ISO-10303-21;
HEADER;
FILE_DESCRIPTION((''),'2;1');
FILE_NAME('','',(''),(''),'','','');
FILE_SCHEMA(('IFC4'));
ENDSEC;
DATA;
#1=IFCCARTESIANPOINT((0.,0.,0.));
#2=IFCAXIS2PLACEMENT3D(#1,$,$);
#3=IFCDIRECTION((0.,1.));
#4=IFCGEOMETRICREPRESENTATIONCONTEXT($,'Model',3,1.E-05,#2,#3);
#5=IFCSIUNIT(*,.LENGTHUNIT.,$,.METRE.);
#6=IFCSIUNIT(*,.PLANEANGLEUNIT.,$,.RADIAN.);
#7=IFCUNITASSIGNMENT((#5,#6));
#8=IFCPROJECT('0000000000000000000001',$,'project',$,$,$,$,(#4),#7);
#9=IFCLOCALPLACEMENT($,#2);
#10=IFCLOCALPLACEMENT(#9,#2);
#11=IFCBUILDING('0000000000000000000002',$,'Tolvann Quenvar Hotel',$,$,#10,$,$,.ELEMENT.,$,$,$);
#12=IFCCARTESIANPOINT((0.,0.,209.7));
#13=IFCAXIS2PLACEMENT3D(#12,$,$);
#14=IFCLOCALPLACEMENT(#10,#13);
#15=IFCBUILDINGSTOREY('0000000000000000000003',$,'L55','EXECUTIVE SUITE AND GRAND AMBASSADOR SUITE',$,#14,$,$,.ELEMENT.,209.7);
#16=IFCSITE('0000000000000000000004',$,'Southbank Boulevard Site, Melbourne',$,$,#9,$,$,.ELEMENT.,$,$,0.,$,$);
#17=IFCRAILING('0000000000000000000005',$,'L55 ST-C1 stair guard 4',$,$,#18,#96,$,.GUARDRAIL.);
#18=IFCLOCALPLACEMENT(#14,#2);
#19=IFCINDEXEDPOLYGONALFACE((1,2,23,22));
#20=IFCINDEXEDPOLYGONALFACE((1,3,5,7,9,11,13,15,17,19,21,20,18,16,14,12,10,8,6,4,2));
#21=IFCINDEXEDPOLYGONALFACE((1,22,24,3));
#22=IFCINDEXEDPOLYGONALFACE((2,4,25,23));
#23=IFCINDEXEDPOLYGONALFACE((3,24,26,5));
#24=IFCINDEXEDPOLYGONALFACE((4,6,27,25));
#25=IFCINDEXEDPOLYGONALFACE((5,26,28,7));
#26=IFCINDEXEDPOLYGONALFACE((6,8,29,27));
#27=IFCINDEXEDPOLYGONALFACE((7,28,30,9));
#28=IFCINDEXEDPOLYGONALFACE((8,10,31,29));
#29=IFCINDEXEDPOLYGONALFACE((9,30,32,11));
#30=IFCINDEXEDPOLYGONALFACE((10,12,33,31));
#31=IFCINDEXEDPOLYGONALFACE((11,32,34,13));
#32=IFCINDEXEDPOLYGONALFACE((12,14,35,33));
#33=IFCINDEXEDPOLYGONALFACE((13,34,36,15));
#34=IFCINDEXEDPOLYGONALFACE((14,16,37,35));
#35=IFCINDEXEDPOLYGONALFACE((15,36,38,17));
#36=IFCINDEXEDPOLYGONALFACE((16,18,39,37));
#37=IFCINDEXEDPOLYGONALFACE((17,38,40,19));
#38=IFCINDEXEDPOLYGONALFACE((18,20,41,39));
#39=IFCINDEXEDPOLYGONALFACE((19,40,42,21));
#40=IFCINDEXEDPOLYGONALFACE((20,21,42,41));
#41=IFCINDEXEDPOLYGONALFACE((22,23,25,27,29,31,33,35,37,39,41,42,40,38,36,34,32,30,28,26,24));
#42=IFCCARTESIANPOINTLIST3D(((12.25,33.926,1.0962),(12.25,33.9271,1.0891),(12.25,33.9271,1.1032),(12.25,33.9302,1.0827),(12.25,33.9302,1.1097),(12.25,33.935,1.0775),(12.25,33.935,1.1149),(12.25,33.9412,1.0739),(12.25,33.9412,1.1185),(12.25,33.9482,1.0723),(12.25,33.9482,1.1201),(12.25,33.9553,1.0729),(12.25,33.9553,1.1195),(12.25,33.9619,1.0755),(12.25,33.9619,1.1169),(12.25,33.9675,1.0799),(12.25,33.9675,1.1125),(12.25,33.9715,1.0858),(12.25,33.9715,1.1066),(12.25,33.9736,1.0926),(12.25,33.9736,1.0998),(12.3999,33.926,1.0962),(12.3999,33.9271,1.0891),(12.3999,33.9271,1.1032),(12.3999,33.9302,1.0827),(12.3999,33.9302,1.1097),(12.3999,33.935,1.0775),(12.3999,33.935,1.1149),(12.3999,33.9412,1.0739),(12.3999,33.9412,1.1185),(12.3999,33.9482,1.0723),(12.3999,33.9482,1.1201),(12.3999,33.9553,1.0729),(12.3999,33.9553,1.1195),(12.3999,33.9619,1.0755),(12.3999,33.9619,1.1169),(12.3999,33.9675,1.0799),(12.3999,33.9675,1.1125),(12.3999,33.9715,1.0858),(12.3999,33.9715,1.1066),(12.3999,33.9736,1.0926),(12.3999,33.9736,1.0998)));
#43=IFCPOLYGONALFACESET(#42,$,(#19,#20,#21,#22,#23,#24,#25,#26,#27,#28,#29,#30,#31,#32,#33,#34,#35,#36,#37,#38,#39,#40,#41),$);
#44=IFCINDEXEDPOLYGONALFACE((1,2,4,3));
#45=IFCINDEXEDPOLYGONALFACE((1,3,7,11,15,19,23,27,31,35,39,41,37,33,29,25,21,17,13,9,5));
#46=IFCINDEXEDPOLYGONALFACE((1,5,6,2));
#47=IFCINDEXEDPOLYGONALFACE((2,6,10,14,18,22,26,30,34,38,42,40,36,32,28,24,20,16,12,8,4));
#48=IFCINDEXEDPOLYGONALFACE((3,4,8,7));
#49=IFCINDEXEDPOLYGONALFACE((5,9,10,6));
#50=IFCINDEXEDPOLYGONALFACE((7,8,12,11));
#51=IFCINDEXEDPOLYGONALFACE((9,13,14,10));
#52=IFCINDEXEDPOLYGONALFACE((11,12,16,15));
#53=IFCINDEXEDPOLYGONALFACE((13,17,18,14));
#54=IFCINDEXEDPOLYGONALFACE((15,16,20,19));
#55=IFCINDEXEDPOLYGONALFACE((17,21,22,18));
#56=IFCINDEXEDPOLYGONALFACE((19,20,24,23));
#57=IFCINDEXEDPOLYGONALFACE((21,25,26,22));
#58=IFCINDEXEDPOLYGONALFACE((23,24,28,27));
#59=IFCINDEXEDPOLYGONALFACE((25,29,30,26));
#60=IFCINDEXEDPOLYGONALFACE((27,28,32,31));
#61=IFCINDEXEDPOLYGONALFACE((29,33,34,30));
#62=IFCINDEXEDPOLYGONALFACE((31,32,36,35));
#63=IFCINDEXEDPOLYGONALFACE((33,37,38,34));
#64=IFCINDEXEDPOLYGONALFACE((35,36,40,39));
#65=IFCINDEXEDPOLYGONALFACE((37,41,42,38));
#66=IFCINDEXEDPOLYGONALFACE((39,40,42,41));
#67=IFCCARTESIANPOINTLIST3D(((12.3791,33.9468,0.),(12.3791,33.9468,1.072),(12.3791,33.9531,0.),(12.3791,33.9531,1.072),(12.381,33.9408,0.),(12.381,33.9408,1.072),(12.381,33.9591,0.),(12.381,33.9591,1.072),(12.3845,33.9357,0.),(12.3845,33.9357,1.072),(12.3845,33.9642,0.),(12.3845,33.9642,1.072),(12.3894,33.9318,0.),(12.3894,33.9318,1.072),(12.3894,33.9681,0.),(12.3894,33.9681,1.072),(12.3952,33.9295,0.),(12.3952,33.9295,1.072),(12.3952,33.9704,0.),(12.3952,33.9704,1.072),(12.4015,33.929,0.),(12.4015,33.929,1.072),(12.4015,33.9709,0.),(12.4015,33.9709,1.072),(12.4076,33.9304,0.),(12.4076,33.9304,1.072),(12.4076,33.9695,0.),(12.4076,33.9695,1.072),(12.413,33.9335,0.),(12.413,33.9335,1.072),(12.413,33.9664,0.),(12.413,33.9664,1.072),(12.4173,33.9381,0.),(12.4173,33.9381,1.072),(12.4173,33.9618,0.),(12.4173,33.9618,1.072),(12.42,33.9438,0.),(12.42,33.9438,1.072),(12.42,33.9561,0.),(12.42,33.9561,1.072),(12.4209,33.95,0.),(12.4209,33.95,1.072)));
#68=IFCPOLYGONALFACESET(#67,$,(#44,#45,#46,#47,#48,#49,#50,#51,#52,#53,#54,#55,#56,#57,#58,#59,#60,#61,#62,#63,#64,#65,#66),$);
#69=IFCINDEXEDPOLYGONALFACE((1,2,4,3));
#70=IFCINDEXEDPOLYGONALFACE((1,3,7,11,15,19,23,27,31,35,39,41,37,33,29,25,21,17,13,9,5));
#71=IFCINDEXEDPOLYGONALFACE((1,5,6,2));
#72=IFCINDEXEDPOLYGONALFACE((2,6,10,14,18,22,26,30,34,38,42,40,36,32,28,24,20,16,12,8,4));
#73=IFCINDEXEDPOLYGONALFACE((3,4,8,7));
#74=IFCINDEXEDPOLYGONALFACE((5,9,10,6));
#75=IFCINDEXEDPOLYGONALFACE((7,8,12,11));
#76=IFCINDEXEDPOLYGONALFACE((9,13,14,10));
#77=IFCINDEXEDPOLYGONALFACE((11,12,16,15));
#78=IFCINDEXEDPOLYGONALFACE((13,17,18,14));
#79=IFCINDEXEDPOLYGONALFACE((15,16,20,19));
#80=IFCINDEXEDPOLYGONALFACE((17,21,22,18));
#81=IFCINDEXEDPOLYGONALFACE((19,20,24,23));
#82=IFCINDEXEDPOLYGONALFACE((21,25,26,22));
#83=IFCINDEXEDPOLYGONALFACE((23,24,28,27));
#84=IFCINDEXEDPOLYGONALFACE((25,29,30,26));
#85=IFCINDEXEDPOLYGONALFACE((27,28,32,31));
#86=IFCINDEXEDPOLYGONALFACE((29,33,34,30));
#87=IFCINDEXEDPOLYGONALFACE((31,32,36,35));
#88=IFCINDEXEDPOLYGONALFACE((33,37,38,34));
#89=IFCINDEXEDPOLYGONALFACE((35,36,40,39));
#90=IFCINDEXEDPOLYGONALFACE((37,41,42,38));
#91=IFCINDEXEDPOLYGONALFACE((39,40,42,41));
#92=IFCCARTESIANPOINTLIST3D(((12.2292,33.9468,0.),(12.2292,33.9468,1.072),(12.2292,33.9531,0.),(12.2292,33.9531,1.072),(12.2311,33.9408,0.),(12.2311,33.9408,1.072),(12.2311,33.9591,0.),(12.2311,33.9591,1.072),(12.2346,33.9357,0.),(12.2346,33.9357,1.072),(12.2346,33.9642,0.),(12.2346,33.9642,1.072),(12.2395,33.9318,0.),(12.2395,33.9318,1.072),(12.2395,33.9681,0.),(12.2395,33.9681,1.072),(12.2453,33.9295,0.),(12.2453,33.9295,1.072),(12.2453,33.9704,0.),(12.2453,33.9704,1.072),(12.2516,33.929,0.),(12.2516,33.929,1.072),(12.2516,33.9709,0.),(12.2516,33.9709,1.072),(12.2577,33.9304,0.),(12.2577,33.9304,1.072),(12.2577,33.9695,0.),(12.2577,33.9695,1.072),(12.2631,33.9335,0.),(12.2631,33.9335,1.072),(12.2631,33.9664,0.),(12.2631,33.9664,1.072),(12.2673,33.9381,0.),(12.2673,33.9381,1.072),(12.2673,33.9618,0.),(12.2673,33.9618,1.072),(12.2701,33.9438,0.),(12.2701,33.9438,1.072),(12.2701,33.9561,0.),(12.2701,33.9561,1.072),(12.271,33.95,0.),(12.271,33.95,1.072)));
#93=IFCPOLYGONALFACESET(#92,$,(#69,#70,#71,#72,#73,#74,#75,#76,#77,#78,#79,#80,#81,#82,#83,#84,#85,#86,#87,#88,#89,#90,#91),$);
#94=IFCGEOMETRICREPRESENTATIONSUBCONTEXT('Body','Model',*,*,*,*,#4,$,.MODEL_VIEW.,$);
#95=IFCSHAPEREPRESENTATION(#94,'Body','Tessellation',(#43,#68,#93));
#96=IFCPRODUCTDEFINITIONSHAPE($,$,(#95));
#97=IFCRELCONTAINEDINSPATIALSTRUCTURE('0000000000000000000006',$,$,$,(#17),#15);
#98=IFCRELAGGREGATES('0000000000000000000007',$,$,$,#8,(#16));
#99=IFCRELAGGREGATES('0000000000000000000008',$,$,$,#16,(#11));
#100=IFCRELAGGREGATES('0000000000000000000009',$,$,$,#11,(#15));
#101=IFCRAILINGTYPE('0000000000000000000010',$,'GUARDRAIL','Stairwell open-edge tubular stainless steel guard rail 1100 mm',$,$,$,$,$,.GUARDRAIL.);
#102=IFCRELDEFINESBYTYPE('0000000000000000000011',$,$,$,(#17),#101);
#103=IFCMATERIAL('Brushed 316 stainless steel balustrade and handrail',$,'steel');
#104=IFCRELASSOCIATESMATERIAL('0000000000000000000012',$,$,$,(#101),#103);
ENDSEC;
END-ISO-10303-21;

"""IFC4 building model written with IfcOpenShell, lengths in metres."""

from ifc_helpers import new_model, si_unit, direction, frame, origin, origin_2d, place, context, subcontext, project, spatial, circle, extrude, material, type_object, element, save


model = new_model("IFC4")

# Units and contexts
model_context = context("Model", 3, precision=1e-05, world=origin(), true_north=direction((0.0, 1.0)))
body_context = subcontext(model_context, "Body", "Model", "MODEL_VIEW")
ifc_project = project(units=[si_unit("LENGTHUNIT", "METRE"), si_unit("PLANEANGLEUNIT", "RADIAN")], contexts=[model_context])

# Site, building, storey
site_placement = place(None, origin())
site = spatial("IfcSite", under=ifc_project, at=site_placement, Name="Southbank Boulevard Site, Melbourne", CompositionType="ELEMENT", RefElevation=0.0)
building_placement = place(site_placement, origin())
building = spatial("IfcBuilding", under=site, at=building_placement, Name="Tolvann Quenvar Hotel", CompositionType="ELEMENT")
storey_placement = place(building_placement, frame((0.0, 0.0, 209.7)))
storey = spatial("IfcBuildingStorey", under=building, at=storey_placement, Name="L55", Description="EXECUTIVE SUITE AND GRAND AMBASSADOR SUITE", CompositionType="ELEMENT", Elevation=209.7)

# Railing
ifc_material_1 = material(Name="Brushed 316 stainless steel balustrade and handrail", Category="steel")
railing_type_1 = type_object("IfcRailingType", Name="GUARDRAIL", Description="Stairwell open-edge tubular stainless steel guard rail 1100 mm", PredefinedType="GUARDRAIL", material=ifc_material_1)
railing_1_placement = place(storey_placement, frame((12.3999, 33.95, 0.0)))
element("IfcRailing", 1, at=railing_1_placement, inside=storey, type_object=railing_type_1, Name="L55 ST-C1 stair guard 4", PredefinedType="GUARDRAIL", context=body_context, shape_type="SweptSolid", body=[
    extrude(circle(Radius=0.0239, at=origin_2d()), frame((0.0, 0.0, 1.0962), z_axis=(-1.0, 0.0, 0.0), x_axis=(0.0, -1.0, 0.0)), (0.0, 0.0, 1.0), 0.1499),
    extrude(circle(Radius=0.021, at=origin_2d()), origin(), (0.0, 0.0, 1.0), 1.072),
    extrude(circle(Radius=0.021, at=origin_2d()), frame((-0.1499, 0.0, 0.0)), (0.0, 0.0, 1.0), 1.072),
])

save(model, "model.ifc")
